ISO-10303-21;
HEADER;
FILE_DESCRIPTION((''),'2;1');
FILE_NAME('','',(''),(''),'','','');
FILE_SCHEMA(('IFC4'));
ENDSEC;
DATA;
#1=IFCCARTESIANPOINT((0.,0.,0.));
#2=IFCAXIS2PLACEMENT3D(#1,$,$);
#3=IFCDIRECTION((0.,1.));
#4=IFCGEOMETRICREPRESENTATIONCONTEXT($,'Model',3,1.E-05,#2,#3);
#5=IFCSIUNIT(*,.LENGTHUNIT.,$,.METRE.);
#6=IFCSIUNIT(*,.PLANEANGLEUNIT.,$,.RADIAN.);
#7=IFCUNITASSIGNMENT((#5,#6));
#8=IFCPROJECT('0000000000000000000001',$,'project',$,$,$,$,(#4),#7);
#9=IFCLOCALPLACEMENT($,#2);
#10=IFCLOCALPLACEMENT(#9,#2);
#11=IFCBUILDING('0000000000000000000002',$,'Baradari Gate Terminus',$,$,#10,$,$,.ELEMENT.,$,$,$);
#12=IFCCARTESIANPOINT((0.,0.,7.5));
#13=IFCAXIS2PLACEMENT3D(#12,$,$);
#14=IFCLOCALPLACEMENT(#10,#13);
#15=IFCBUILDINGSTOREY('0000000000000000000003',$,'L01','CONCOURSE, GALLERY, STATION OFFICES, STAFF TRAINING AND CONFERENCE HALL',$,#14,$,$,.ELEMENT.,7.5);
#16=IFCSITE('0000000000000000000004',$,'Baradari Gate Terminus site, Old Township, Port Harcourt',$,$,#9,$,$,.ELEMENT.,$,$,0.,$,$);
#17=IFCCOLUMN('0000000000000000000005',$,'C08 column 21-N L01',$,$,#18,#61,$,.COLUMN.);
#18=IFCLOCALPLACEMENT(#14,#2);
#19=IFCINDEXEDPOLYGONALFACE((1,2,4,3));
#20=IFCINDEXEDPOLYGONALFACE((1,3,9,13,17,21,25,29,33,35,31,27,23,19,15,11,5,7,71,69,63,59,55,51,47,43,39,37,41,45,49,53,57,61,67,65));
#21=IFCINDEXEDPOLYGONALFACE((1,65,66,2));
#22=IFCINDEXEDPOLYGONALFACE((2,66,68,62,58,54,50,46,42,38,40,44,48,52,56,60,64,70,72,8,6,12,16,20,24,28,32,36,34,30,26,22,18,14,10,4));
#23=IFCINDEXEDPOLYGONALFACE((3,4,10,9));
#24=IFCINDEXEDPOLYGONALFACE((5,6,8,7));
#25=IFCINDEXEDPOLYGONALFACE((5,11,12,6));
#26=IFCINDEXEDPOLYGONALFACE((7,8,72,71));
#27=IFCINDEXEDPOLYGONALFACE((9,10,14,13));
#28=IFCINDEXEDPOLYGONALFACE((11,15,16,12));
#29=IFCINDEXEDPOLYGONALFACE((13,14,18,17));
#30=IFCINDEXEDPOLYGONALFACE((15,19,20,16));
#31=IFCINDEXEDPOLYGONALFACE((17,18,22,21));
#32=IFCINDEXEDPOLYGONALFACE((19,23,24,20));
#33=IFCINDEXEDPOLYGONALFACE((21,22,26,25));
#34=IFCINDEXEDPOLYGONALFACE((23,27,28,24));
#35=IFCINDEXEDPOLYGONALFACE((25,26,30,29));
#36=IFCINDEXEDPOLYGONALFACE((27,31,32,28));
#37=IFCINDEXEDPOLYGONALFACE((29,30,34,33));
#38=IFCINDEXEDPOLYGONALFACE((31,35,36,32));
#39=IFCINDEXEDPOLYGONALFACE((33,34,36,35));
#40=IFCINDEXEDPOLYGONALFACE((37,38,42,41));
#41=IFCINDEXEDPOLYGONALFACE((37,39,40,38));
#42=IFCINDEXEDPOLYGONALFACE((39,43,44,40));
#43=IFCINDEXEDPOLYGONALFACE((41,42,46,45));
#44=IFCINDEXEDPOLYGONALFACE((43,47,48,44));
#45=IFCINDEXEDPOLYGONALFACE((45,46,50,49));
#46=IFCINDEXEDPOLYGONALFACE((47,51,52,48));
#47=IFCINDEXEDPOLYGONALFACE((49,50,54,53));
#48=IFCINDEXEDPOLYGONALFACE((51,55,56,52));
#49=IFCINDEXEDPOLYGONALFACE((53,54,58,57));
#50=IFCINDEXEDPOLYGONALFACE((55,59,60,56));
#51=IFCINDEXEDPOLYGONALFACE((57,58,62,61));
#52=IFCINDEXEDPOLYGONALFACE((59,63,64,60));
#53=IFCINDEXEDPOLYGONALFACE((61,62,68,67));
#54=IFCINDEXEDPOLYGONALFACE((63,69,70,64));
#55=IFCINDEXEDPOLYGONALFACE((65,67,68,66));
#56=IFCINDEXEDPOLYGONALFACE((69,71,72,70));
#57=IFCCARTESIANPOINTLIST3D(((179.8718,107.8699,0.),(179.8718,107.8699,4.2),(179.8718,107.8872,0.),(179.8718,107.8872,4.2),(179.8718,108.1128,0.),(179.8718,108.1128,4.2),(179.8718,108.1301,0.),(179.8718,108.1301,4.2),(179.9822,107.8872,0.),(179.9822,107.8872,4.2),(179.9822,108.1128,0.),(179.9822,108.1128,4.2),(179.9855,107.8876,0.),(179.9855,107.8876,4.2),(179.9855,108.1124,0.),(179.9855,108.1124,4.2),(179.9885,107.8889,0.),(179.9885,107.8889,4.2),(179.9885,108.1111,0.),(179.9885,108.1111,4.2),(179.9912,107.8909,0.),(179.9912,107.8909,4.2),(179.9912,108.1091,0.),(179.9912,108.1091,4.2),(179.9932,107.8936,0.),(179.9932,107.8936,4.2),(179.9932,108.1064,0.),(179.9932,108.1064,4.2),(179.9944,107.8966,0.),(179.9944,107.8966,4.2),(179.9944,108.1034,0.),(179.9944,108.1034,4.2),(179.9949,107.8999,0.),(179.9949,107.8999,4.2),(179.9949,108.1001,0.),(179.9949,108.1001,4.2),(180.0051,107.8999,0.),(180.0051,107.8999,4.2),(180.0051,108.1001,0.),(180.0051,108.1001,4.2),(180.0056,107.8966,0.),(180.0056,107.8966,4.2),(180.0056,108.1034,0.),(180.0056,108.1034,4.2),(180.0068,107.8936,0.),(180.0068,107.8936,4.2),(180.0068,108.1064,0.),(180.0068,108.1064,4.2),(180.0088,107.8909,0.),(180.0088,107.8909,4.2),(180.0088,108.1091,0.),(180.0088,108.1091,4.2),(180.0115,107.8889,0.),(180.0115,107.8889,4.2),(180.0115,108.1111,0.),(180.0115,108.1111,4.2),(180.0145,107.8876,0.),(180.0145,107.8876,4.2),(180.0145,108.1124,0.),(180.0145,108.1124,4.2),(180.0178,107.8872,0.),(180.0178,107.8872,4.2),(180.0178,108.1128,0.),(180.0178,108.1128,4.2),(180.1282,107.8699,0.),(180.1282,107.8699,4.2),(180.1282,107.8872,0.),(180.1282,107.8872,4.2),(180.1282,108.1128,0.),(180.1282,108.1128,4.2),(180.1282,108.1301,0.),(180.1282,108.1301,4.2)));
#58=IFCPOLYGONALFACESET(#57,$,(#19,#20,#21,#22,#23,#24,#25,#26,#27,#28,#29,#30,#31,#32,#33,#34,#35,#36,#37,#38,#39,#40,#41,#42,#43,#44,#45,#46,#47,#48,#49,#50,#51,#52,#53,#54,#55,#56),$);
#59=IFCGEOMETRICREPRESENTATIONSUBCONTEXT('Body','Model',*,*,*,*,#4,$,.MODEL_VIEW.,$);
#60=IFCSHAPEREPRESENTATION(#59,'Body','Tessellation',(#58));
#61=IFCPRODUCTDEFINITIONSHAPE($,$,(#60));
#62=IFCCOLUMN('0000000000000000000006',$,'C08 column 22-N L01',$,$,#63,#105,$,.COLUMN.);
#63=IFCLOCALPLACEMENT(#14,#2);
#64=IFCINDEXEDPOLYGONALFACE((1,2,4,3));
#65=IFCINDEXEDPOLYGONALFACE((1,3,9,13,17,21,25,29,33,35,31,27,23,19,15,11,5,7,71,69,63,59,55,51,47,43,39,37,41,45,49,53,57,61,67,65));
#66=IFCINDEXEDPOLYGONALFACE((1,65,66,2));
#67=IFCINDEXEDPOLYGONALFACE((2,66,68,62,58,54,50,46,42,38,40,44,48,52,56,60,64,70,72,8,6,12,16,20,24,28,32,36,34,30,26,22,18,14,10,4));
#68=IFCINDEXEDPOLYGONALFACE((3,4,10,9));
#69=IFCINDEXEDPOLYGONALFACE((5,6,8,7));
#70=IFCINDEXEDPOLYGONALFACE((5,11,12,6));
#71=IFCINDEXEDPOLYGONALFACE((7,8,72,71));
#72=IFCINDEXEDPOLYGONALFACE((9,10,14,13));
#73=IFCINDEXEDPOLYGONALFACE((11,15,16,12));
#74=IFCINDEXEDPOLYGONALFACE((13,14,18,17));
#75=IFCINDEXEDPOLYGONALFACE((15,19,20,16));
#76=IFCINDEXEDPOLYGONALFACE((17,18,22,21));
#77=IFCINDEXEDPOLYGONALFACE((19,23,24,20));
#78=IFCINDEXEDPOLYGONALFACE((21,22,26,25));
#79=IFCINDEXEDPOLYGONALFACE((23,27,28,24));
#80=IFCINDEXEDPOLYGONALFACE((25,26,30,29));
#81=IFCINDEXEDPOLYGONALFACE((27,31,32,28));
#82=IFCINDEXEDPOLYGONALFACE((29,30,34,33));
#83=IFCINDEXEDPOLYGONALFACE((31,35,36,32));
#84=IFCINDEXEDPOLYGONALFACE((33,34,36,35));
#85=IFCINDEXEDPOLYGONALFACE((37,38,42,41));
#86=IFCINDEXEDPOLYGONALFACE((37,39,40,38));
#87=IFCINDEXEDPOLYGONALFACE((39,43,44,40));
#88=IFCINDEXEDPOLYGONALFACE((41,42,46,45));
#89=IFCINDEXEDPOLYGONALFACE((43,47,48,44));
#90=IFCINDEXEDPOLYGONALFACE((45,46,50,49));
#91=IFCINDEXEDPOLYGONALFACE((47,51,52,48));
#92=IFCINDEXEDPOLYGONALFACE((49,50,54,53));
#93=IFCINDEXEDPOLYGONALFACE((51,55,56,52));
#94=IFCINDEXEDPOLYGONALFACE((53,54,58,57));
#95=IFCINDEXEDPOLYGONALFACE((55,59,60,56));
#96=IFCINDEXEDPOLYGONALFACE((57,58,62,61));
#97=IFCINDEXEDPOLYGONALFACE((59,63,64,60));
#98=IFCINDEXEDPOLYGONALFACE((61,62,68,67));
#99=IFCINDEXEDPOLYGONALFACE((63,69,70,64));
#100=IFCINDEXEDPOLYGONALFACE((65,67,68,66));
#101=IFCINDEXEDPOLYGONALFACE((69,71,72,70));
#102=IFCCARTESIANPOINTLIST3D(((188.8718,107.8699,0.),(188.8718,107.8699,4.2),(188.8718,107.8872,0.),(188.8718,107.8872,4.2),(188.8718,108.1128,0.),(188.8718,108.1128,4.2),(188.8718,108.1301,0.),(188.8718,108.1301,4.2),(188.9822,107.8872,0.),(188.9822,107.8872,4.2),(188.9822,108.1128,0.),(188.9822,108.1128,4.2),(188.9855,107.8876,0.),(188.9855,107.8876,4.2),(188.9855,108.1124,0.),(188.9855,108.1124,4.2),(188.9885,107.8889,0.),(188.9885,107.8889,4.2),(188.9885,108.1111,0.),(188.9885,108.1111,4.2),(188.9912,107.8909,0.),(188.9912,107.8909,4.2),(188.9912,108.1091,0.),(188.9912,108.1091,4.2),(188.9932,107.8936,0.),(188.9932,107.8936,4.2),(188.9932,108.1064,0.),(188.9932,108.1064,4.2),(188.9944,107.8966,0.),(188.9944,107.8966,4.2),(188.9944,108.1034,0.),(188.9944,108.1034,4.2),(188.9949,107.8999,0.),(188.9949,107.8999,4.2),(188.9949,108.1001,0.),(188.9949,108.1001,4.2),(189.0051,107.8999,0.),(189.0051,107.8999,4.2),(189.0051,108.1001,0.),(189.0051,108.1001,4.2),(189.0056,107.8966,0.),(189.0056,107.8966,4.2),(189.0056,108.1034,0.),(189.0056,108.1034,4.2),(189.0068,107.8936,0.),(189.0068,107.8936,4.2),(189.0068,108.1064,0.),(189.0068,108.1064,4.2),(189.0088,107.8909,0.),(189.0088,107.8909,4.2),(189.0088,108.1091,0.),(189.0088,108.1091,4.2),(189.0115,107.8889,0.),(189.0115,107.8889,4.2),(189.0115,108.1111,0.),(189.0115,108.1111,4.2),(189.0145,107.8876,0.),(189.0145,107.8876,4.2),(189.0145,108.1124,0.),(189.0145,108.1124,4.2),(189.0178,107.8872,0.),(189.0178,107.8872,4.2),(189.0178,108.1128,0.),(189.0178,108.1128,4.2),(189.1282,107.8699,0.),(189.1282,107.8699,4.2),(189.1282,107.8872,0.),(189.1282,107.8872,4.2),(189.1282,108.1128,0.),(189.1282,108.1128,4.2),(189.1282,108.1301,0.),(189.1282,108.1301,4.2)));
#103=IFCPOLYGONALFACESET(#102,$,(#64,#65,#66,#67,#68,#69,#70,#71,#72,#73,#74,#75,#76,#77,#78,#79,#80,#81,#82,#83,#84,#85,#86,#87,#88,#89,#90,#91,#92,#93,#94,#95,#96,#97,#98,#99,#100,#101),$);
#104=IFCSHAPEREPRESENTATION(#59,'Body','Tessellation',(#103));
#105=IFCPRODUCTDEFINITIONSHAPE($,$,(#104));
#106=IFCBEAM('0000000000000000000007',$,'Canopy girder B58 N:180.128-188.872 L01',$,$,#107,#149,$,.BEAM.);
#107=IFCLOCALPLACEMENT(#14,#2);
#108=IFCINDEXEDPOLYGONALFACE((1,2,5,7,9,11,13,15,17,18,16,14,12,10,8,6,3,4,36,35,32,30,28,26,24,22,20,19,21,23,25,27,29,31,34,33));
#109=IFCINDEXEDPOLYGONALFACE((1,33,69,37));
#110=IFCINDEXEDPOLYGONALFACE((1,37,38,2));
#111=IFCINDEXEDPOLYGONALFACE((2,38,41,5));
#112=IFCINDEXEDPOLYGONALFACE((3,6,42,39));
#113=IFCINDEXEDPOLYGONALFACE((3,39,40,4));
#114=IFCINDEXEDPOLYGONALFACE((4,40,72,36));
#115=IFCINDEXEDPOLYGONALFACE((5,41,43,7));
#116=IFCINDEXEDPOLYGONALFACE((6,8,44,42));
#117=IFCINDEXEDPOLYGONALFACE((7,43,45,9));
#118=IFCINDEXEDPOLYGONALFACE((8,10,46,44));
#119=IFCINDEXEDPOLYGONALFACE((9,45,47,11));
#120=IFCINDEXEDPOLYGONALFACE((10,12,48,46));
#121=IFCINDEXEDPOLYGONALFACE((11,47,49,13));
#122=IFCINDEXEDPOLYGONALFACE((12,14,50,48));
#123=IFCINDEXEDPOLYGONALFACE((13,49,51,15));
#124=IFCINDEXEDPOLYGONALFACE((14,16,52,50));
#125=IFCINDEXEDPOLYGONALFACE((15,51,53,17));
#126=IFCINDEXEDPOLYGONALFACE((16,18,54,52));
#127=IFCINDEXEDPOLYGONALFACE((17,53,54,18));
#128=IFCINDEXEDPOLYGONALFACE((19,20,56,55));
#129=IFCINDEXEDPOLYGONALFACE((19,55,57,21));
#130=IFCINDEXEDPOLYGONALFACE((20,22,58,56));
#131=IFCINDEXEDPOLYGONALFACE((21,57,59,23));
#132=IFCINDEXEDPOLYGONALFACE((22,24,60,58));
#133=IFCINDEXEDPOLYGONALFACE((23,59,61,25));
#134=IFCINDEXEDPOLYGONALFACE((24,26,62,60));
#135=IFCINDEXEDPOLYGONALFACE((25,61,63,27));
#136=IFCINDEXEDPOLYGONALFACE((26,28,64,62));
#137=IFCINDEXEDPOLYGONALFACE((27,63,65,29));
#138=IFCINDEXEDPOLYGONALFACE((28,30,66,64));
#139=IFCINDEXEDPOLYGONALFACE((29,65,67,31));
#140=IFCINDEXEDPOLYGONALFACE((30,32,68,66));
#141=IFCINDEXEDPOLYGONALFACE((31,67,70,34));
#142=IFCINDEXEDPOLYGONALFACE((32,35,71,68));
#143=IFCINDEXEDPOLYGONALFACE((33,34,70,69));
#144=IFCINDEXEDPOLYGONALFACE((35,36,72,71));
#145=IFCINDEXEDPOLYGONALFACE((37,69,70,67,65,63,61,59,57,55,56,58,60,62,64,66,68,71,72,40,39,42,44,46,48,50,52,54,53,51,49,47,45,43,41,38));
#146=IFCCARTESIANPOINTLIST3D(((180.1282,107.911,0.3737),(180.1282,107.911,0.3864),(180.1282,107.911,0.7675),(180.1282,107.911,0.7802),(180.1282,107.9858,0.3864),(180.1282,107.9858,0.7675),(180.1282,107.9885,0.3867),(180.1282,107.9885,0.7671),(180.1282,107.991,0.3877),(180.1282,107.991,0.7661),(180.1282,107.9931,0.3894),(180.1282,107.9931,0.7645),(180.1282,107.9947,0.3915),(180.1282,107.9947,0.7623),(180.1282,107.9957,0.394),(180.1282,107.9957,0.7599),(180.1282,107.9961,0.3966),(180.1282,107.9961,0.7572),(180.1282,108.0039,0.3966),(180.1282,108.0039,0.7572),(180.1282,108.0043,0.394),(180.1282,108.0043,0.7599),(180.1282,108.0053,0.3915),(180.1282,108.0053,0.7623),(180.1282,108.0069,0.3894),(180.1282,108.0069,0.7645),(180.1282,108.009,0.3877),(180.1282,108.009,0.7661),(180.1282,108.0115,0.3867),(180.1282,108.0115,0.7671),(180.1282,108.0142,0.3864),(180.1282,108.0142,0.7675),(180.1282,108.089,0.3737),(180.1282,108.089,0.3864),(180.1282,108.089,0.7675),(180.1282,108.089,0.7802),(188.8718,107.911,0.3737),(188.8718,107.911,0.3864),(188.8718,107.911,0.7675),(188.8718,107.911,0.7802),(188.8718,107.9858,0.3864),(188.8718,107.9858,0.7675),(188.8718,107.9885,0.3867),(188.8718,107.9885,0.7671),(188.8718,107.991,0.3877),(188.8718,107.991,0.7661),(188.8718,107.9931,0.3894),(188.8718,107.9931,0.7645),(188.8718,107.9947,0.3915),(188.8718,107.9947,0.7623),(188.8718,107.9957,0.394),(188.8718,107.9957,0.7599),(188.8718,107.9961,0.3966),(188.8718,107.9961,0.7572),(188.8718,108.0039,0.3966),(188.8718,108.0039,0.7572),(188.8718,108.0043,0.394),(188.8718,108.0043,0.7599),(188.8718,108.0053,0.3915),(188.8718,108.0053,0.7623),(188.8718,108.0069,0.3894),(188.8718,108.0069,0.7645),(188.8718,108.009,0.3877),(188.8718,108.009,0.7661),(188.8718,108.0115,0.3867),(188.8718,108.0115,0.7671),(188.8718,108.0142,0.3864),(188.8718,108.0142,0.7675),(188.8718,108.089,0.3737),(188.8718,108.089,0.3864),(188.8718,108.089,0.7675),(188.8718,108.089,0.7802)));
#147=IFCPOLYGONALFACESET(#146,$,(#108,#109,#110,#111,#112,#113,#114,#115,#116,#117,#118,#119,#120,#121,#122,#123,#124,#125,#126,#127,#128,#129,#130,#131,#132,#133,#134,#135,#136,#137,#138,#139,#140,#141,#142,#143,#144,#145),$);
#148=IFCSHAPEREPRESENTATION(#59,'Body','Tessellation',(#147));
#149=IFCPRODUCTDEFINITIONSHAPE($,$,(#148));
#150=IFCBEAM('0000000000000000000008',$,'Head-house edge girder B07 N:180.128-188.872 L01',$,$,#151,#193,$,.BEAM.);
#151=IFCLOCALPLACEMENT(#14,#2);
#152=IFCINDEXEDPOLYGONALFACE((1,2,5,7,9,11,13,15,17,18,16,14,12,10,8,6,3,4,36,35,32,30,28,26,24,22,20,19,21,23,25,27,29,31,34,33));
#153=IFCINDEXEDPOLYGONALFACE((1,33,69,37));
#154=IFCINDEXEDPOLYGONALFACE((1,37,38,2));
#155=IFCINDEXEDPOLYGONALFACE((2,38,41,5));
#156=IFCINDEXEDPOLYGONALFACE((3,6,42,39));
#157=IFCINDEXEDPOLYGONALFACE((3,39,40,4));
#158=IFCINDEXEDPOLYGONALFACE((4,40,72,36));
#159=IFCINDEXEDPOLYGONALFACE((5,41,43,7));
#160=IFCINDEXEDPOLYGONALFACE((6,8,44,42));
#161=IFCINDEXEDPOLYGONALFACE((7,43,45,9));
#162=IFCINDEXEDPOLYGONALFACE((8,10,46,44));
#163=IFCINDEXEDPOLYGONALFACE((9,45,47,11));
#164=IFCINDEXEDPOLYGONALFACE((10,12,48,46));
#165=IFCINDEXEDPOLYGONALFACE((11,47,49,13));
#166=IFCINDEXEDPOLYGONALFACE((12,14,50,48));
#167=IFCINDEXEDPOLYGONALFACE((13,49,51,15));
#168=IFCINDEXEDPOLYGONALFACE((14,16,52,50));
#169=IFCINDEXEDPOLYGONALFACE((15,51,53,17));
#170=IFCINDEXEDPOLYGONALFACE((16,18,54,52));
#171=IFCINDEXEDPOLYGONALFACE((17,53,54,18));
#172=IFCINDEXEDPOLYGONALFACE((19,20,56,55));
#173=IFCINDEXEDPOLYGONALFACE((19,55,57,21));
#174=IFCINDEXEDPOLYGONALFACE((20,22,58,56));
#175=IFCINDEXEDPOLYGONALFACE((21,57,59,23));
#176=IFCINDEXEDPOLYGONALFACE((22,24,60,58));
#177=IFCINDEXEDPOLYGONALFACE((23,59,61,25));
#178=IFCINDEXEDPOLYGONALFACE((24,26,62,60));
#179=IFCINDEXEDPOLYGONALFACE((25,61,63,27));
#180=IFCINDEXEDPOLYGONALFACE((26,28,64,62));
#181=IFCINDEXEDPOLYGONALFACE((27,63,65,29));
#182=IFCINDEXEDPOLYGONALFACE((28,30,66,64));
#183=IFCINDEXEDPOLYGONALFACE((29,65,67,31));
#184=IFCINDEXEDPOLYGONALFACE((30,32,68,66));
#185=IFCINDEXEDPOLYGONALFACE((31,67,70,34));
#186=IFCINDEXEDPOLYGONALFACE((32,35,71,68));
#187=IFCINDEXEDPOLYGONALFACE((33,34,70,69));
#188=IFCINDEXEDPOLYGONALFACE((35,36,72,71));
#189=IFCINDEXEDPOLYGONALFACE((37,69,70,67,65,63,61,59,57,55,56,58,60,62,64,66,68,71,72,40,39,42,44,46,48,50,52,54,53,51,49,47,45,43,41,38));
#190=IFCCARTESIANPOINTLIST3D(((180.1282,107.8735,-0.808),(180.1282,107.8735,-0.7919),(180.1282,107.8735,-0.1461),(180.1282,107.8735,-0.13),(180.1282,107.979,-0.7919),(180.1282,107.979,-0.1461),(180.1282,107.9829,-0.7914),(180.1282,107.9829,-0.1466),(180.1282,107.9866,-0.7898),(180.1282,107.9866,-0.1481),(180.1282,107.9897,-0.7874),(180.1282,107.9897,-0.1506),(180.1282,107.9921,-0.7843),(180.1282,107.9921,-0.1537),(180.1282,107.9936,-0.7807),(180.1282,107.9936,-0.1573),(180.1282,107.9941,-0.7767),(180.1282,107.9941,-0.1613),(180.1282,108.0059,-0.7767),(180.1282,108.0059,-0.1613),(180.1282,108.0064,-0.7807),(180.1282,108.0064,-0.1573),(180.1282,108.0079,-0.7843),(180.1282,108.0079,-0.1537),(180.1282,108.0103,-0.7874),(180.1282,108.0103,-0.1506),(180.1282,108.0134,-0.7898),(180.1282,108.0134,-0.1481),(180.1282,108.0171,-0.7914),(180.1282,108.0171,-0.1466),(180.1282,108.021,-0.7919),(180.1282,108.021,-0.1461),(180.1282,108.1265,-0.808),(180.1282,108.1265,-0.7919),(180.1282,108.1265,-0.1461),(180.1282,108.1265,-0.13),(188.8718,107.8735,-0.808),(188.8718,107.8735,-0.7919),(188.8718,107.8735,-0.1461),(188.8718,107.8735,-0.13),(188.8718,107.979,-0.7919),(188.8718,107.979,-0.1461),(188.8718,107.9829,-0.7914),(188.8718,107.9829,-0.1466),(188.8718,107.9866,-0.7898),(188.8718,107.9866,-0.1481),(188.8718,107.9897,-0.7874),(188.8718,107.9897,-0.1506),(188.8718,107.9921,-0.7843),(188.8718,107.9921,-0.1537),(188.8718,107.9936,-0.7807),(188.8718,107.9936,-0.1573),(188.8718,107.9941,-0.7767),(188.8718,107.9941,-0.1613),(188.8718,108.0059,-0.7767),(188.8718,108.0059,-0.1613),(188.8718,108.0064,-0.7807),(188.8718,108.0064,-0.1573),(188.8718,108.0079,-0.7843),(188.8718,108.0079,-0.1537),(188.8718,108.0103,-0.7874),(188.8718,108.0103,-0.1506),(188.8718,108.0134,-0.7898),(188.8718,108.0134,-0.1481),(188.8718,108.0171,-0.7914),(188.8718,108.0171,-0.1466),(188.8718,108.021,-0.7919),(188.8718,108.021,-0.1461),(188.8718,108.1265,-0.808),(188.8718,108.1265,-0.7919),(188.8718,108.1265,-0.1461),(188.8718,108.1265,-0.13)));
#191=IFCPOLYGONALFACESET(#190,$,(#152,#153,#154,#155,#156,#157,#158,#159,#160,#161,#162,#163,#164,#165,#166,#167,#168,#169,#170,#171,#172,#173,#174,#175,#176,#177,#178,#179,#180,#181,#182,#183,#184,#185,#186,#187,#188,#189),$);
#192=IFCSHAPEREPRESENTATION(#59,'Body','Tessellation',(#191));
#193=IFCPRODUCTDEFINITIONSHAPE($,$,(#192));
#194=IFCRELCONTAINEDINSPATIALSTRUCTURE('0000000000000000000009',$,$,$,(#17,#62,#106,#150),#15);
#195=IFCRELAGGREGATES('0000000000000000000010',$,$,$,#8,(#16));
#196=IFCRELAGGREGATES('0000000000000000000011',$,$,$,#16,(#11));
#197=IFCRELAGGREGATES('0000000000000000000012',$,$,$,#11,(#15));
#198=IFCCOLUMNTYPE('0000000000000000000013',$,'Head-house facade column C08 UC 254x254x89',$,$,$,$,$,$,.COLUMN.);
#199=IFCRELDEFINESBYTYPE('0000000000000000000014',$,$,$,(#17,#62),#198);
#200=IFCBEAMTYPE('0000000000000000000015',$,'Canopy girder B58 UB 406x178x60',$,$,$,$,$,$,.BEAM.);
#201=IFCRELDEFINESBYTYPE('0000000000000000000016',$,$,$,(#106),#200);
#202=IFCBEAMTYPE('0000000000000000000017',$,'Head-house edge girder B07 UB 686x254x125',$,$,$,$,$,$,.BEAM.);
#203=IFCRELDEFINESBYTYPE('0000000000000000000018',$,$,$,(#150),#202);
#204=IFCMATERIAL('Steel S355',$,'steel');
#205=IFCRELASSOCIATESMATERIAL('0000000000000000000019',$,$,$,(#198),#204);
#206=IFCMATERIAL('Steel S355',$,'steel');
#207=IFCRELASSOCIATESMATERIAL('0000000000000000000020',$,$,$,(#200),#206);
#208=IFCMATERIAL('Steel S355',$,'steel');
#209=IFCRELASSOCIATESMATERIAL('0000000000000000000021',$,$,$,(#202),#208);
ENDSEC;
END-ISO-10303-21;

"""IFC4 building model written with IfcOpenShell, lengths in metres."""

from ifc_helpers import new_model, si_unit, direction, frame, origin, origin_2d, place, context, subcontext, project, spatial, i_section, extrude, material, material_profile, profile_set, type_object, element, save


model = new_model("IFC4")

# Units and contexts
model_context = context("Model", 3, precision=1e-05, world=origin(), true_north=direction((0.0, 1.0)))
body_context = subcontext(model_context, "Body", "Model", "MODEL_VIEW")
ifc_project = project(units=[si_unit("LENGTHUNIT", "METRE"), si_unit("PLANEANGLEUNIT", "RADIAN")], contexts=[model_context])

# Site, building, storey
site_placement = place(None, origin())
site = spatial("IfcSite", under=ifc_project, at=site_placement, Name="Baradari Gate Terminus site, Old Township, Port Harcourt", CompositionType="ELEMENT", RefElevation=0.0)
building_placement = place(site_placement, origin())
building = spatial("IfcBuilding", under=site, at=building_placement, Name="Baradari Gate Terminus", CompositionType="ELEMENT")
storey_placement = place(building_placement, frame((0.0, 0.0, 7.5)))
storey = spatial("IfcBuildingStorey", under=building, at=storey_placement, Name="L01", Description="CONCOURSE, GALLERY, STATION OFFICES, STAFF TRAINING AND CONFERENCE HALL", CompositionType="ELEMENT", Elevation=7.5)

# Columns
ifc_material_1 = material(Name="Steel S355", Category="steel")
ifc_material_profile_1 = material_profile(ifc_material_1, i_section(OverallWidth=0.2563, OverallDepth=0.2603, WebThickness=0.0103, FlangeThickness=0.0173, FilletRadius=0.0127, at=origin_2d()), Name="UC 254x254x89")
ifc_profile_set_1 = profile_set([ifc_material_profile_1], Name="Steel S355")
column_type = type_object("IfcColumnType", Name="Head-house facade column C08 UC 254x254x89", PredefinedType="COLUMN", material=ifc_profile_set_1)
for number, where, z_axis, x_axis, name in (
    (1, (180.0, 108.0, 0.0), (0.0, 0.0, 1.0), (1.0, 0.0, 0.0), "C08 column 21-N L01"),
    (2, (189.0, 108.0, 0.0), (0.0, 0.0, 1.0), (1.0, 0.0, 0.0), "C08 column 22-N L01"),
):
    element("IfcColumn", number, at=place(storey_placement, frame(where, z_axis=z_axis, x_axis=x_axis)), inside=storey, type_object=column_type, Name=name, PredefinedType="COLUMN", context=body_context, shape_type="SweptSolid", body=[
        extrude(i_section(OverallWidth=0.2563, OverallDepth=0.2603, WebThickness=0.0103, FlangeThickness=0.0173, FilletRadius=0.0127, at=origin_2d()), origin(), (0.0, 0.0, 1.0), 4.2),
    ])

# Beams
ifc_material_2 = material(Name="Steel S355", Category="steel")
ifc_material_profile_2 = material_profile(ifc_material_2, i_section(OverallWidth=0.178, OverallDepth=0.4065, WebThickness=0.0078, FlangeThickness=0.0127, FilletRadius=0.0103, at=origin_2d()), Name="UB 406x178x60")
ifc_profile_set_2 = profile_set([ifc_material_profile_2], Name="Steel S355")
beam_type_1 = type_object("IfcBeamType", Name="Canopy girder B58 UB 406x178x60", PredefinedType="BEAM", material=ifc_profile_set_2)
beam_1_placement = place(storey_placement, frame((180.1282, 108.0, 0.5769), z_axis=(1.0, 0.0, 0.0), x_axis=(0.0, 1.0, 0.0)))
element("IfcBeam", 3, at=beam_1_placement, inside=storey, type_object=beam_type_1, Name="Canopy girder B58 N:180.128-188.872 L01", PredefinedType="BEAM", context=body_context, shape_type="SweptSolid", body=[
    extrude(i_section(OverallWidth=0.178, OverallDepth=0.4065, WebThickness=0.0078, FlangeThickness=0.0127, FilletRadius=0.0103, at=origin_2d()), origin(), (0.0, 0.0, 1.0), 8.7437),
])
ifc_material_3 = material(Name="Steel S355", Category="steel")
ifc_material_profile_3 = material_profile(ifc_material_3, i_section(OverallWidth=0.2529, OverallDepth=0.678, WebThickness=0.0117, FlangeThickness=0.0161, FilletRadius=0.0151, at=origin_2d()), Name="UB 686x254x125")
ifc_profile_set_3 = profile_set([ifc_material_profile_3], Name="Steel S355")
beam_type_2 = type_object("IfcBeamType", Name="Head-house edge girder B07 UB 686x254x125", PredefinedType="BEAM", material=ifc_profile_set_3)
for number, where, z_axis, x_axis, name in (
    (4, (180.1282, 108.0, -0.469), (1.0, 0.0, 0.0), (0.0, 1.0, 0.0), "Head-house edge girder B07 N:180.128-188.872 L01"),
):
    element("IfcBeam", number, at=place(storey_placement, frame(where, z_axis=z_axis, x_axis=x_axis)), inside=storey, type_object=beam_type_2, Name=name, PredefinedType="BEAM", context=body_context, shape_type="SweptSolid", body=[
        extrude(i_section(OverallWidth=0.2529, OverallDepth=0.678, WebThickness=0.0117, FlangeThickness=0.0161, FilletRadius=0.0151, at=origin_2d()), origin(), (0.0, 0.0, 1.0), 8.7437),
    ])

save(model, "model.ifc")
